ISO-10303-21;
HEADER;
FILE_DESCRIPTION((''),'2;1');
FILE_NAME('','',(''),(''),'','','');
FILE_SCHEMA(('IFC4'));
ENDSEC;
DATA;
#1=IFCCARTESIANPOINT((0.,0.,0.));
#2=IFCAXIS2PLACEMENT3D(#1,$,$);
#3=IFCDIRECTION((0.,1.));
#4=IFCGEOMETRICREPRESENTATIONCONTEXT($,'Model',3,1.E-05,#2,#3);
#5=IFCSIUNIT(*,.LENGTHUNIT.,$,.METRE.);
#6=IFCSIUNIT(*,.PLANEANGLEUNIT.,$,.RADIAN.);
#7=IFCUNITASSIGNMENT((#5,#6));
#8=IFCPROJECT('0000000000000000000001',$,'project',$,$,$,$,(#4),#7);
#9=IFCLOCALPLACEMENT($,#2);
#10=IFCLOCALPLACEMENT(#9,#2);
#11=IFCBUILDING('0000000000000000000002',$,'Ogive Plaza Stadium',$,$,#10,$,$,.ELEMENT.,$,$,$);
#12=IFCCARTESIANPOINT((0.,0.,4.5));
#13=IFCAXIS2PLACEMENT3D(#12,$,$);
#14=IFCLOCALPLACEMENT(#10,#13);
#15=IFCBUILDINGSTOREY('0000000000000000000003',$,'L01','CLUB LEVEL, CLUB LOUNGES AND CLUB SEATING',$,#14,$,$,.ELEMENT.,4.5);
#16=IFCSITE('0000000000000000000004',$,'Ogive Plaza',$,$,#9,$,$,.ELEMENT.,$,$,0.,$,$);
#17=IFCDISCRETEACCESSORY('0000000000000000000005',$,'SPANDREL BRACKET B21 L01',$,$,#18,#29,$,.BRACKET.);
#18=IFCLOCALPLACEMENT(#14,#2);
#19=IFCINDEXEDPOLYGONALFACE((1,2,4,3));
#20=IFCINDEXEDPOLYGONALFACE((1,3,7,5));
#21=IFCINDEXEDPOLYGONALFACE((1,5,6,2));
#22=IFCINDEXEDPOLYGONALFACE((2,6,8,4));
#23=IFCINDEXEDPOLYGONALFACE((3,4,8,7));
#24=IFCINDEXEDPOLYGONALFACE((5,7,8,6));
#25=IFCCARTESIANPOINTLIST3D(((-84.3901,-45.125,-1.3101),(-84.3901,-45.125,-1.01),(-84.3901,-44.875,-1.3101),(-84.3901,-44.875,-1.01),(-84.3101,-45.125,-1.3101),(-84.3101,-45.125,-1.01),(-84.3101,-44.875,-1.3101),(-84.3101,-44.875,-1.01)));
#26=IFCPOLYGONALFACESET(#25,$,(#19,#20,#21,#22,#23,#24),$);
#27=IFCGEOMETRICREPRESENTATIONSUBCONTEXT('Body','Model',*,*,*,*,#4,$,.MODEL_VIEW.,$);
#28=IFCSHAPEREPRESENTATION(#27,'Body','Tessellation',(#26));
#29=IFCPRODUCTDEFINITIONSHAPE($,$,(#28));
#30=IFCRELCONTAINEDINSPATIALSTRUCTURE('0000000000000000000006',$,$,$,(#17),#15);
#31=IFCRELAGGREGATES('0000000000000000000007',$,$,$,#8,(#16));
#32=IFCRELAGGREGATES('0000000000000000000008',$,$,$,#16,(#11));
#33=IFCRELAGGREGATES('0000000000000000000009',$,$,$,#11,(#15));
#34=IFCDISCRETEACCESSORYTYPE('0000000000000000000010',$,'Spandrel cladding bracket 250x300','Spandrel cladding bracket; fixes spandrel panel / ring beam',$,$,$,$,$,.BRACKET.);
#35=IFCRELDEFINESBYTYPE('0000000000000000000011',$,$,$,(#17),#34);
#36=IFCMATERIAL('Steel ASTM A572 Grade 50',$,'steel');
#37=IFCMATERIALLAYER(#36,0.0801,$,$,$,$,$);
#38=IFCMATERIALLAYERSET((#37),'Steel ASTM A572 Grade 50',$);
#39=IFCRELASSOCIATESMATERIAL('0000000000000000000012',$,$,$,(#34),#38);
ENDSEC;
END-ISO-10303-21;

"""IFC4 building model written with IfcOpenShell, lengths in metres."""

from ifc_helpers import new_model, si_unit, direction, frame, origin, origin_2d, place, context, subcontext, project, spatial, rectangle, extrude, material, layer, layer_set, type_object, element, save


model = new_model("IFC4")

# Units and contexts
model_context = context("Model", 3, precision=1e-05, world=origin(), true_north=direction((0.0, 1.0)))
body_context = subcontext(model_context, "Body", "Model", "MODEL_VIEW")
ifc_project = project(units=[si_unit("LENGTHUNIT", "METRE"), si_unit("PLANEANGLEUNIT", "RADIAN")], contexts=[model_context])

# Site, building, storey
site_placement = place(None, origin())
site = spatial("IfcSite", under=ifc_project, at=site_placement, Name="Ogive Plaza", CompositionType="ELEMENT", RefElevation=0.0)
building_placement = place(site_placement, origin())
building = spatial("IfcBuilding", under=site, at=building_placement, Name="Ogive Plaza Stadium", CompositionType="ELEMENT")
storey_placement = place(building_placement, frame((0.0, 0.0, 4.5)))
storey = spatial("IfcBuildingStorey", under=building, at=storey_placement, Name="L01", Description="CLUB LEVEL, CLUB LOUNGES AND CLUB SEATING", CompositionType="ELEMENT", Elevation=4.5)

# Discrete accessory
ifc_material_1 = material(Name="Steel ASTM A572 Grade 50", Category="steel")
ifc_layer_1 = layer(ifc_material_1, 0.0801)
ifc_layer_set_1 = layer_set([ifc_layer_1], Name="Steel ASTM A572 Grade 50")
discrete_accessory_type = type_object("IfcDiscreteAccessoryType", Name="Spandrel cladding bracket 250x300", Description="Spandrel cladding bracket; fixes spandrel panel / ring beam", PredefinedType="BRACKET", material=ifc_layer_set_1)
discrete_accessory_placement = place(storey_placement, frame((-84.3501, -45.0, -1.3101), z_axis=(0.0, 0.0, 1.0), x_axis=(0.0, 1.0, 0.0)))
element("IfcDiscreteAccessory", 1, at=discrete_accessory_placement, inside=storey, type_object=discrete_accessory_type, Name="SPANDREL BRACKET B21 L01", PredefinedType="BRACKET", context=body_context, shape_type="SweptSolid", body=[
    extrude(rectangle(XDim=0.25, YDim=0.0801, at=origin_2d()), origin(), (0.0, 0.0, 1.0), 0.3),
])

save(model, "model.ifc")
